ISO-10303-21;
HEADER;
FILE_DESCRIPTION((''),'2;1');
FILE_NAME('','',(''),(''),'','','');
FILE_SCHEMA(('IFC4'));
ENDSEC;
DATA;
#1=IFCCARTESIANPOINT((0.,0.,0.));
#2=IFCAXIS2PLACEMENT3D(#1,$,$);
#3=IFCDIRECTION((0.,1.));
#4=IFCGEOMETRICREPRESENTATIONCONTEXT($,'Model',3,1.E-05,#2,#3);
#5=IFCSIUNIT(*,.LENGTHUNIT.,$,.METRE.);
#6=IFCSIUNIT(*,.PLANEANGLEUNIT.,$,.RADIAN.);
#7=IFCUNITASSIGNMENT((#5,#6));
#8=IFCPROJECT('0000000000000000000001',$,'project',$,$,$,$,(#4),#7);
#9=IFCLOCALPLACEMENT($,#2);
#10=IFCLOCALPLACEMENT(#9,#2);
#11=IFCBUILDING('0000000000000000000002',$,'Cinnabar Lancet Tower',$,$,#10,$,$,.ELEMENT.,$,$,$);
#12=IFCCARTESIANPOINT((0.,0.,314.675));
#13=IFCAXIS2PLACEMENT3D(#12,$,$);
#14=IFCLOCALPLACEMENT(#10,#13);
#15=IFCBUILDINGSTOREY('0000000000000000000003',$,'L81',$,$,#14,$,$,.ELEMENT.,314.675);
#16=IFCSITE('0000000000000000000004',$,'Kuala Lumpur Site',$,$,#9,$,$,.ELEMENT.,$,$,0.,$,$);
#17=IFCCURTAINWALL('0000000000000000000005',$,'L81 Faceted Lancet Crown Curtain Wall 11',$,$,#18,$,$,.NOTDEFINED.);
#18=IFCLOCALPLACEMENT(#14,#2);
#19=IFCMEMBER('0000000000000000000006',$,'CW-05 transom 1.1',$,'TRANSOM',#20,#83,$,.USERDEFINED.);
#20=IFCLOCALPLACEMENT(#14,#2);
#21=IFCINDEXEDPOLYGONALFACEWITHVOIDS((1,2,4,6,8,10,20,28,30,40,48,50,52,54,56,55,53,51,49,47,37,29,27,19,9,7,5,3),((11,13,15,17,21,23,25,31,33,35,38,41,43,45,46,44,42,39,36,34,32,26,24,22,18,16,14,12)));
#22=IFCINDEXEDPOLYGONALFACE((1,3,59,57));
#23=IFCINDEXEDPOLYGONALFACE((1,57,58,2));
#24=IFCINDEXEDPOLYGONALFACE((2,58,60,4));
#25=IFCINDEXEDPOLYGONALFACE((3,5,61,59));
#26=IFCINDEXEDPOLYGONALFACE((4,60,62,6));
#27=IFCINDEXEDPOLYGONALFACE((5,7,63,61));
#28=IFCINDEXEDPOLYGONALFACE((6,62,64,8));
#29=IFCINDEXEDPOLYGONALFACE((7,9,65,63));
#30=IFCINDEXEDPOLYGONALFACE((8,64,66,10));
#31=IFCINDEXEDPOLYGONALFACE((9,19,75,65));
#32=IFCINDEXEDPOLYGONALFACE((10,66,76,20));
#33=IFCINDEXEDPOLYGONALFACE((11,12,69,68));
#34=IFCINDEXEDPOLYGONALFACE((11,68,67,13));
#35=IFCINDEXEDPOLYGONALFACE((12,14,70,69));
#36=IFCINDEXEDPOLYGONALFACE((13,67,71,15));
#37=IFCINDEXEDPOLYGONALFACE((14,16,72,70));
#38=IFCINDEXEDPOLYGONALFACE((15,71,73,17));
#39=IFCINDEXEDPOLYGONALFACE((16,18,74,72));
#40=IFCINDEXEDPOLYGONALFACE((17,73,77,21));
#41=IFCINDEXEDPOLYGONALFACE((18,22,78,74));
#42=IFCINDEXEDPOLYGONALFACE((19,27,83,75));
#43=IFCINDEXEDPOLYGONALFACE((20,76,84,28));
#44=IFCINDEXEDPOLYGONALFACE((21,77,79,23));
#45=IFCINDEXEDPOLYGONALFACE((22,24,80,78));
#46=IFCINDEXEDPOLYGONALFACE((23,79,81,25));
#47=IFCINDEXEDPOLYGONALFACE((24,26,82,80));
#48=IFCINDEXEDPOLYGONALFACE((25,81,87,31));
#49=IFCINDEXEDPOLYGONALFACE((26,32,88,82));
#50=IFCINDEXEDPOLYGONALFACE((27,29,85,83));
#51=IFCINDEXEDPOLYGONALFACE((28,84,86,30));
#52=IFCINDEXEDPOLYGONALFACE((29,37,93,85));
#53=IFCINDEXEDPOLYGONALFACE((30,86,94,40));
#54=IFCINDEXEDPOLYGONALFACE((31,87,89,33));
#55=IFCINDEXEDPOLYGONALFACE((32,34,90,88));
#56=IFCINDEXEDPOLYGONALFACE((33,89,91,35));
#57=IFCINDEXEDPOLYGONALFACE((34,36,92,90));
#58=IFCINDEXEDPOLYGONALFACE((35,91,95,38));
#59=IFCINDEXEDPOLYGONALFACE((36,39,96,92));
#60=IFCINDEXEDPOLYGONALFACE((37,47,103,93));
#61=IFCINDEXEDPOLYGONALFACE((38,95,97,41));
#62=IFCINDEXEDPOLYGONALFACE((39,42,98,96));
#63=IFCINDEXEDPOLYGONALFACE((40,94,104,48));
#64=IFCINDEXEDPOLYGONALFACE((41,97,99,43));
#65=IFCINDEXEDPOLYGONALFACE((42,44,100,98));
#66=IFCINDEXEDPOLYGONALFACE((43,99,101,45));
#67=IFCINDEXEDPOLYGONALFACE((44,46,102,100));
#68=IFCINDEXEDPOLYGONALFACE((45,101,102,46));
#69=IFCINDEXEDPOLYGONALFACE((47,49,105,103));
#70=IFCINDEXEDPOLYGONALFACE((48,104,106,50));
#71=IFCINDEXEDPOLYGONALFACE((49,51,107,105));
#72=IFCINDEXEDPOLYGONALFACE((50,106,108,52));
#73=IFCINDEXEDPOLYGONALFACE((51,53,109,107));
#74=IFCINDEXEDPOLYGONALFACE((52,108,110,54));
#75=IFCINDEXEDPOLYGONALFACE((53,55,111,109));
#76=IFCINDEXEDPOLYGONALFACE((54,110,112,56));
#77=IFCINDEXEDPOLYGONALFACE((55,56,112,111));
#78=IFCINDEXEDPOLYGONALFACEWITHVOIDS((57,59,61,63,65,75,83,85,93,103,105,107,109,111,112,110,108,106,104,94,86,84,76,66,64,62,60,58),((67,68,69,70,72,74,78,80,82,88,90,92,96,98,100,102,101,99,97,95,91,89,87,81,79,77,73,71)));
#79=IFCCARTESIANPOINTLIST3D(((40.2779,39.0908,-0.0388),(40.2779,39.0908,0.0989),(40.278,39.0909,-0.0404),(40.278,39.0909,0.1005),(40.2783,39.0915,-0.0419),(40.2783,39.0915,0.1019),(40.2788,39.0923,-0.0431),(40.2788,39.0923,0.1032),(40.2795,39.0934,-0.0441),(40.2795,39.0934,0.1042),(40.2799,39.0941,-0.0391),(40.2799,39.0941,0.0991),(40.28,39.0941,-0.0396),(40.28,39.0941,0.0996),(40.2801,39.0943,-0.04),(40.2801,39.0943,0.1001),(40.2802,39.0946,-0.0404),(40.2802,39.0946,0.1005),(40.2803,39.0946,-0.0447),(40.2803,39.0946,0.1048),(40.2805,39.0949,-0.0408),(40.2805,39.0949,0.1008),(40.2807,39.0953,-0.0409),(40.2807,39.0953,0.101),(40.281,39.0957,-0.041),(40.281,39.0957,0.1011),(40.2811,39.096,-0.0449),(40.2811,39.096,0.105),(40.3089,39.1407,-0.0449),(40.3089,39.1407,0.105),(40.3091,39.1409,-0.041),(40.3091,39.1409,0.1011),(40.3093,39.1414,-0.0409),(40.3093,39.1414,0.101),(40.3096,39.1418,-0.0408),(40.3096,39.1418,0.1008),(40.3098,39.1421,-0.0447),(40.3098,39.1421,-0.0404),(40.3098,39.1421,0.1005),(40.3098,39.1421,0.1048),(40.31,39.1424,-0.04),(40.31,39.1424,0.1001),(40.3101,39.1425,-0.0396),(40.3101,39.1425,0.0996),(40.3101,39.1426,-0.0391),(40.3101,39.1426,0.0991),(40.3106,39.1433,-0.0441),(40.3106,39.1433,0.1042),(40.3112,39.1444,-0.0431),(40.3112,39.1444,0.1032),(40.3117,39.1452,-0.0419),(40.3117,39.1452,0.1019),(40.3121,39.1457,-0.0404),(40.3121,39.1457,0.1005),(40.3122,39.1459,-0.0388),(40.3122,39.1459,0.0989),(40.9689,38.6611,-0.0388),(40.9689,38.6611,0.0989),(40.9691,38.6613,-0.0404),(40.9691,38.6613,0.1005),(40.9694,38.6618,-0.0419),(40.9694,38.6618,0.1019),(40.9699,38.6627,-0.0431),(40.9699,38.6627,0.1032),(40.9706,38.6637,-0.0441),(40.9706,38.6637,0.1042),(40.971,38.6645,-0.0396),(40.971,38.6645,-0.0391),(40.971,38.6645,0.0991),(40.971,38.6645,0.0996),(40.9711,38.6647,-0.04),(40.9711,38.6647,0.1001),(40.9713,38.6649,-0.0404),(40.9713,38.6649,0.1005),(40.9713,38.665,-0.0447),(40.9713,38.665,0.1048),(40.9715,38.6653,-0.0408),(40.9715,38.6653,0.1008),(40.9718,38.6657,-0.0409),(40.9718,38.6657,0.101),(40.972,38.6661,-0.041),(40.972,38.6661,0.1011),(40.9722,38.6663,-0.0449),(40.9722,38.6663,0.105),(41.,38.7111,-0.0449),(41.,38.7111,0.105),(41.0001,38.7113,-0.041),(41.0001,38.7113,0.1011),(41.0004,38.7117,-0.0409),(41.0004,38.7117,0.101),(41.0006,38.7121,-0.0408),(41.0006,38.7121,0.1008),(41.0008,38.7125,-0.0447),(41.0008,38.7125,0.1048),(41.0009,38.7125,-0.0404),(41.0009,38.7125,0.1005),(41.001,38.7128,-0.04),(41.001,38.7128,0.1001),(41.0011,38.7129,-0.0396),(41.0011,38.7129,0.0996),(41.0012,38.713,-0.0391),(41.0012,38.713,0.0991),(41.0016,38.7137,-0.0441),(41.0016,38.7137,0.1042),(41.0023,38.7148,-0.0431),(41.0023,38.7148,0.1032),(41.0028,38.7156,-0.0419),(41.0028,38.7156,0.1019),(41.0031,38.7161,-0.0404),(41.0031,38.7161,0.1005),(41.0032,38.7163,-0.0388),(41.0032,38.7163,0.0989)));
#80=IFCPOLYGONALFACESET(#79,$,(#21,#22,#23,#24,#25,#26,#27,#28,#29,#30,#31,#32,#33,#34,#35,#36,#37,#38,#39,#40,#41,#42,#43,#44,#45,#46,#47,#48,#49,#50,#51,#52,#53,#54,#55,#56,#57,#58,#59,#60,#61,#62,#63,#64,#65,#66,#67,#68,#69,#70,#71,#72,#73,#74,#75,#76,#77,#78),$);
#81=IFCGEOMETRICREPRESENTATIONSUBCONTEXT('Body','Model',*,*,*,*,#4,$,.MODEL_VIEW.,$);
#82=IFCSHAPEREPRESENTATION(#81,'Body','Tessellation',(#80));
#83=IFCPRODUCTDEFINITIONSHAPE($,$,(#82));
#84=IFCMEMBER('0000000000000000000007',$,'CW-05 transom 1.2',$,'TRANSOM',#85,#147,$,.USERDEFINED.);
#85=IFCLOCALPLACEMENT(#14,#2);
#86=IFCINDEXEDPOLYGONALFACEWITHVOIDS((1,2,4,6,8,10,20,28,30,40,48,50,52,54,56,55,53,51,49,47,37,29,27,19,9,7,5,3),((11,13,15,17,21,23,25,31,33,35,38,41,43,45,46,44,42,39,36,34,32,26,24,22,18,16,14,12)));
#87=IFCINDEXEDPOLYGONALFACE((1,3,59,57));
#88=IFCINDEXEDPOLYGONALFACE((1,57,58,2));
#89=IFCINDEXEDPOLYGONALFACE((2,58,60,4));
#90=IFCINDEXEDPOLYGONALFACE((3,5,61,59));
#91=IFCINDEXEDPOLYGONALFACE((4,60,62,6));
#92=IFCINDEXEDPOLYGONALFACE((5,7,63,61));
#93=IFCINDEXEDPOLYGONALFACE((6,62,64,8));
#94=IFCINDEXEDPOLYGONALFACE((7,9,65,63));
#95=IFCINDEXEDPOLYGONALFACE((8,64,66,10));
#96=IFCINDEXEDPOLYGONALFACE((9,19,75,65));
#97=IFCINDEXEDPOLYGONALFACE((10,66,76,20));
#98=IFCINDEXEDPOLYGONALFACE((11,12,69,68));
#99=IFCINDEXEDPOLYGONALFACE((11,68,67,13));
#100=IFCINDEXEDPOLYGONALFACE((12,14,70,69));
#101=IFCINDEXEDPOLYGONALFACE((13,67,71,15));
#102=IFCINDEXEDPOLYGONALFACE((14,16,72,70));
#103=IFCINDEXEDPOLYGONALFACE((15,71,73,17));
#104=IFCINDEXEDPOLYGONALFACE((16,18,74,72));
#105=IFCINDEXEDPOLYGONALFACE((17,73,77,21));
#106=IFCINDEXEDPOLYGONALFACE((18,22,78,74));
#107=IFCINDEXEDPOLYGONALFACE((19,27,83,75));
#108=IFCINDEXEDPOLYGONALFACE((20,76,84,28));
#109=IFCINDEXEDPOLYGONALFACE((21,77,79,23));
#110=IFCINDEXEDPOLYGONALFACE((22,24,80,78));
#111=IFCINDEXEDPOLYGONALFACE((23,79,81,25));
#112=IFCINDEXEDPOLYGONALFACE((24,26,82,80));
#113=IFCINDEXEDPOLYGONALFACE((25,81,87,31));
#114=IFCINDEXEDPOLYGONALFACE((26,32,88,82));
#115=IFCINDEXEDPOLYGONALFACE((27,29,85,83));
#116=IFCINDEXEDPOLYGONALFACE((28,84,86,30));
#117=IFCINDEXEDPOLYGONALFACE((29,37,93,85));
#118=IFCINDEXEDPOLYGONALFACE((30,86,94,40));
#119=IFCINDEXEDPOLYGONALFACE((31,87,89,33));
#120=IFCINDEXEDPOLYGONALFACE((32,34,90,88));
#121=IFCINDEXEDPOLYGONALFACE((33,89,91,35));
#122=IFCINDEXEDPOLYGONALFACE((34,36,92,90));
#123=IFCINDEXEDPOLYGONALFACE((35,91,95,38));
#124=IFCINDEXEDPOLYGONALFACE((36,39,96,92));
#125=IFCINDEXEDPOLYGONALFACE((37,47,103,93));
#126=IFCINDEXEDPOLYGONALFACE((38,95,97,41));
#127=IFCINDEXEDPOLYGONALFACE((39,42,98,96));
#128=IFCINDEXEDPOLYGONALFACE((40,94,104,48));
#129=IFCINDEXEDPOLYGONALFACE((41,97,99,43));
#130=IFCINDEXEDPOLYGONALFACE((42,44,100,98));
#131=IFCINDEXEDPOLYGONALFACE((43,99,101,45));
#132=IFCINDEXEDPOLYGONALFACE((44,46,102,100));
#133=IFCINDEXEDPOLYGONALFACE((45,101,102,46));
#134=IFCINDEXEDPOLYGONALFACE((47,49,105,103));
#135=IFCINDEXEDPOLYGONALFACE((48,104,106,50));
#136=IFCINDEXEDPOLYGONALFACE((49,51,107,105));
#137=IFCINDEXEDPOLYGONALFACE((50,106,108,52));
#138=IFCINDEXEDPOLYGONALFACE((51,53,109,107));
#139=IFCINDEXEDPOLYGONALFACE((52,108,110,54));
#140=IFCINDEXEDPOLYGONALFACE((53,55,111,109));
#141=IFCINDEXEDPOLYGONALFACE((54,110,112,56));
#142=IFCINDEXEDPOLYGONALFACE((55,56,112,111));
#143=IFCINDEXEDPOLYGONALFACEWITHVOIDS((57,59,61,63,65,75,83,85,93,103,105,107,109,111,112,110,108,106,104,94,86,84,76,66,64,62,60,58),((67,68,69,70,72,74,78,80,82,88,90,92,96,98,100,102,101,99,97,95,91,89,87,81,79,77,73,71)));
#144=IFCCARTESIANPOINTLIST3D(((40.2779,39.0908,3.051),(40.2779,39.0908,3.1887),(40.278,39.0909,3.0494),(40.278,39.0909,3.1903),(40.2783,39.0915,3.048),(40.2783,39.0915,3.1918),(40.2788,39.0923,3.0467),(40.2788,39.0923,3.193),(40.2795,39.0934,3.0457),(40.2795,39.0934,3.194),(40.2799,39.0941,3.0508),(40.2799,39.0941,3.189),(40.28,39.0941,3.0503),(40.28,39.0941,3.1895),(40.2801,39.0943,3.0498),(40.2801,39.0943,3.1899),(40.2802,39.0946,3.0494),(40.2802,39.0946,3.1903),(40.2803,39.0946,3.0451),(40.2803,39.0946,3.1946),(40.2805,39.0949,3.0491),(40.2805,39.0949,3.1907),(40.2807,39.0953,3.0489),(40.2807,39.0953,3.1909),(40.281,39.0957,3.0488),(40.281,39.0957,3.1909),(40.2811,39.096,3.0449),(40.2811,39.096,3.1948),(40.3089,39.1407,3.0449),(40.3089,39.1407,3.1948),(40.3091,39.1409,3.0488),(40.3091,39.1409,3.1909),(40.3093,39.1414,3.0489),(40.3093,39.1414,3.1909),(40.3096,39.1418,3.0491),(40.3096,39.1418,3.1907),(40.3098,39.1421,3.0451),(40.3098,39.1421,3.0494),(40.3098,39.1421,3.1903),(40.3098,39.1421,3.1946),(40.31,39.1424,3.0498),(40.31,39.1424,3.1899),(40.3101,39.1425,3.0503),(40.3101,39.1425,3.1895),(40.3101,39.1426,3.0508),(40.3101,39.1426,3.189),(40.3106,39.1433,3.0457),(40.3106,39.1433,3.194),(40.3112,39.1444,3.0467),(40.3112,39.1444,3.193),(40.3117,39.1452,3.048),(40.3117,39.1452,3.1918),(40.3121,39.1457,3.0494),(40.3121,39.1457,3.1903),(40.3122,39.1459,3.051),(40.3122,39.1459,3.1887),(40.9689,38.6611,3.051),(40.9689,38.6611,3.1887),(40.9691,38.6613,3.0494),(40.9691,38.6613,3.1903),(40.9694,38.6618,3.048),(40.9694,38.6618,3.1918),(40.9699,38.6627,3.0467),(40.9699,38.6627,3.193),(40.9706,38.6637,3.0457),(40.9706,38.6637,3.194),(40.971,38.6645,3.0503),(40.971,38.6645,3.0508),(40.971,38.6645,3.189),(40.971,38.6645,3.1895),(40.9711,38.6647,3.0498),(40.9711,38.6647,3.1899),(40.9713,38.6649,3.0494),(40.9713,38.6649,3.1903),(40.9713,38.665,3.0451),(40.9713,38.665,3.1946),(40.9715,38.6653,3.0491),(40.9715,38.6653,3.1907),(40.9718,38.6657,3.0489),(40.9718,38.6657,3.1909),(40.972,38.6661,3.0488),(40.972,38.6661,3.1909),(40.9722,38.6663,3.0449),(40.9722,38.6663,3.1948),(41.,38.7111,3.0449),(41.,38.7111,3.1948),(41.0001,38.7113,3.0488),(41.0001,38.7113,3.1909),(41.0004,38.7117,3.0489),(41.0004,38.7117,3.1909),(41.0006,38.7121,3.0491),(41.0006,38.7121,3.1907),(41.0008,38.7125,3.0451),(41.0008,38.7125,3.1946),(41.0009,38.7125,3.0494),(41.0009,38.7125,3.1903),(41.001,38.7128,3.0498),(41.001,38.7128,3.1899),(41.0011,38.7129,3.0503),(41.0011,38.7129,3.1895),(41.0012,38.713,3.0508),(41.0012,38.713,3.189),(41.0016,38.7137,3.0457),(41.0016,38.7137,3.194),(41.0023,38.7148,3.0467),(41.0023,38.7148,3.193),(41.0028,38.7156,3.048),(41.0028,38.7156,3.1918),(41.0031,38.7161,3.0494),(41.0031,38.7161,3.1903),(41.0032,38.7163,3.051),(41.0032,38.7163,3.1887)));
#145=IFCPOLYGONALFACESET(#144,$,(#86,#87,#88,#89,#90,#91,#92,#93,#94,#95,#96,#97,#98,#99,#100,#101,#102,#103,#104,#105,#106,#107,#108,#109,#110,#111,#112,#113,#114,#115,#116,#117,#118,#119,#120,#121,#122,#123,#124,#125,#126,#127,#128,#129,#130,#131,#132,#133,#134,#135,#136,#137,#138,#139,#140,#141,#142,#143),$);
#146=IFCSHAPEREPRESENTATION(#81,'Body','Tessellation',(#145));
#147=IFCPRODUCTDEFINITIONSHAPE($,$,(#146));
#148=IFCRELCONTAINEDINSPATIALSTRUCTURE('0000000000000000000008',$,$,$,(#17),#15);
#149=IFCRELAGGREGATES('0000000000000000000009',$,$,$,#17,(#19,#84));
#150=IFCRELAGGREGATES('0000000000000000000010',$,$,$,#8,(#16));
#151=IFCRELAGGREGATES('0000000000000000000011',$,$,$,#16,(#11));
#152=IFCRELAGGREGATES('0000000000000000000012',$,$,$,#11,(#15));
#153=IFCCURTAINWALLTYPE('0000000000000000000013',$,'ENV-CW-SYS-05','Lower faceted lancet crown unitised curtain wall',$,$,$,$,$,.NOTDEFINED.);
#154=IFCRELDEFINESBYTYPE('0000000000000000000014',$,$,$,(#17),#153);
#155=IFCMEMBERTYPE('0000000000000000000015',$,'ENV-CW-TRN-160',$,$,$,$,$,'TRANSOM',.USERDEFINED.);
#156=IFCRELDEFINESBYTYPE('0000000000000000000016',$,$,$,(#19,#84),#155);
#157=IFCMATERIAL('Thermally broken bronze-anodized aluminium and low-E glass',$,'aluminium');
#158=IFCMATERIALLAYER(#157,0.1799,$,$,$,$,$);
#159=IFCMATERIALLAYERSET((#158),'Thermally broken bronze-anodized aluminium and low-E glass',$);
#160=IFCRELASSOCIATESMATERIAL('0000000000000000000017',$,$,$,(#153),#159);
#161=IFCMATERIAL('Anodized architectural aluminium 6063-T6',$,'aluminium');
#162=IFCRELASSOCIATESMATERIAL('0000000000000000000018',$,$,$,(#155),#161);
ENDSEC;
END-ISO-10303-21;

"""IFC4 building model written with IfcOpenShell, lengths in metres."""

from ifc_helpers import new_model, si_unit, direction, frame, origin, origin_2d, place, context, subcontext, project, spatial, hollow_rectangle, extrude, material, layer, layer_set, material_profile, profile_set, type_object, element, aggregate, save


model = new_model("IFC4")

# Units and contexts
model_context = context("Model", 3, precision=1e-05, world=origin(), true_north=direction((0.0, 1.0)))
body_context = subcontext(model_context, "Body", "Model", "MODEL_VIEW")
ifc_project = project(units=[si_unit("LENGTHUNIT", "METRE"), si_unit("PLANEANGLEUNIT", "RADIAN")], contexts=[model_context])

# Site, building, storey
site_placement = place(None, origin())
site = spatial("IfcSite", under=ifc_project, at=site_placement, Name="Kuala Lumpur Site", CompositionType="ELEMENT", RefElevation=0.0)
building_placement = place(site_placement, origin())
building = spatial("IfcBuilding", under=site, at=building_placement, Name="Cinnabar Lancet Tower", CompositionType="ELEMENT")
storey_placement = place(building_placement, frame((0.0, 0.0, 314.675)))
storey = spatial("IfcBuildingStorey", under=building, at=storey_placement, Name="L81", CompositionType="ELEMENT", Elevation=314.675)

# Curtain wall
ifc_material_1 = material(Name="Thermally broken bronze-anodized aluminium and low-E glass", Category="aluminium")
ifc_layer_1 = layer(ifc_material_1, 0.1799)
ifc_layer_set_1 = layer_set([ifc_layer_1], Name="Thermally broken bronze-anodized aluminium and low-E glass")
curtain_wall_type = type_object("IfcCurtainWallType", Name="ENV-CW-SYS-05", Description="Lower faceted lancet crown unitised curtain wall", PredefinedType="NOTDEFINED", material=ifc_layer_set_1)
curtain_wall_1_placement = place(storey_placement, origin())
curtain_wall_1 = element("IfcCurtainWall", 1, at=curtain_wall_1_placement, inside=storey, type_object=curtain_wall_type, Name="L81 Faceted Lancet Crown Curtain Wall 11", PredefinedType="NOTDEFINED")

# Members
ifc_material_2 = material(Name="Anodized architectural aluminium 6063-T6", Category="aluminium")
ifc_material_profile_1 = material_profile(ifc_material_2, hollow_rectangle(XDim=0.0649, YDim=0.1499, WallThickness=0.0039, InnerFilletRadius=0.002, OuterFilletRadius=0.0061, at=origin_2d()), Name="CW-TRN 150x65x4")
ifc_profile_set_1 = profile_set([ifc_material_profile_1], Name="Anodized architectural aluminium 6063-T6")
member_type_1 = type_object("IfcMemberType", Name="ENV-CW-TRN-160", ElementType="TRANSOM", PredefinedType="USERDEFINED", material=ifc_profile_set_1)
member_1_placement = place(storey_placement, frame((40.9861, 38.6887, 0.03), z_axis=(-0.84926, 0.527975, 0.0), x_axis=(-0.527975, -0.84926, 0.0)))
member_1 = element("IfcMember", 2, at=member_1_placement, type_object=member_type_1, Name="CW-05 transom 1.1", ObjectType="TRANSOM", PredefinedType="USERDEFINED", context=body_context, shape_type="SweptSolid", body=[
    extrude(hollow_rectangle(XDim=0.0649, YDim=0.1499, WallThickness=0.0039, InnerFilletRadius=0.002, OuterFilletRadius=0.0061, at=origin_2d()), origin(), (0.0, 0.0, 1.0), 0.8137),
])
member_2_placement = place(storey_placement, frame((40.9861, 38.6887, 3.1199), z_axis=(-0.84926, 0.527975, 0.0), x_axis=(-0.527975, -0.84926, 0.0)))
member_2 = element("IfcMember", 3, at=member_2_placement, type_object=member_type_1, Name="CW-05 transom 1.2", ObjectType="TRANSOM", PredefinedType="USERDEFINED", context=body_context, shape_type="SweptSolid", body=[
    extrude(hollow_rectangle(XDim=0.0649, YDim=0.1499, WallThickness=0.0039, InnerFilletRadius=0.002, OuterFilletRadius=0.0061, at=origin_2d()), origin(), (0.0, 0.0, 1.0), 0.8137),
])

aggregate(curtain_wall_1, [member_1, member_2])

save(model, "model.ifc")
